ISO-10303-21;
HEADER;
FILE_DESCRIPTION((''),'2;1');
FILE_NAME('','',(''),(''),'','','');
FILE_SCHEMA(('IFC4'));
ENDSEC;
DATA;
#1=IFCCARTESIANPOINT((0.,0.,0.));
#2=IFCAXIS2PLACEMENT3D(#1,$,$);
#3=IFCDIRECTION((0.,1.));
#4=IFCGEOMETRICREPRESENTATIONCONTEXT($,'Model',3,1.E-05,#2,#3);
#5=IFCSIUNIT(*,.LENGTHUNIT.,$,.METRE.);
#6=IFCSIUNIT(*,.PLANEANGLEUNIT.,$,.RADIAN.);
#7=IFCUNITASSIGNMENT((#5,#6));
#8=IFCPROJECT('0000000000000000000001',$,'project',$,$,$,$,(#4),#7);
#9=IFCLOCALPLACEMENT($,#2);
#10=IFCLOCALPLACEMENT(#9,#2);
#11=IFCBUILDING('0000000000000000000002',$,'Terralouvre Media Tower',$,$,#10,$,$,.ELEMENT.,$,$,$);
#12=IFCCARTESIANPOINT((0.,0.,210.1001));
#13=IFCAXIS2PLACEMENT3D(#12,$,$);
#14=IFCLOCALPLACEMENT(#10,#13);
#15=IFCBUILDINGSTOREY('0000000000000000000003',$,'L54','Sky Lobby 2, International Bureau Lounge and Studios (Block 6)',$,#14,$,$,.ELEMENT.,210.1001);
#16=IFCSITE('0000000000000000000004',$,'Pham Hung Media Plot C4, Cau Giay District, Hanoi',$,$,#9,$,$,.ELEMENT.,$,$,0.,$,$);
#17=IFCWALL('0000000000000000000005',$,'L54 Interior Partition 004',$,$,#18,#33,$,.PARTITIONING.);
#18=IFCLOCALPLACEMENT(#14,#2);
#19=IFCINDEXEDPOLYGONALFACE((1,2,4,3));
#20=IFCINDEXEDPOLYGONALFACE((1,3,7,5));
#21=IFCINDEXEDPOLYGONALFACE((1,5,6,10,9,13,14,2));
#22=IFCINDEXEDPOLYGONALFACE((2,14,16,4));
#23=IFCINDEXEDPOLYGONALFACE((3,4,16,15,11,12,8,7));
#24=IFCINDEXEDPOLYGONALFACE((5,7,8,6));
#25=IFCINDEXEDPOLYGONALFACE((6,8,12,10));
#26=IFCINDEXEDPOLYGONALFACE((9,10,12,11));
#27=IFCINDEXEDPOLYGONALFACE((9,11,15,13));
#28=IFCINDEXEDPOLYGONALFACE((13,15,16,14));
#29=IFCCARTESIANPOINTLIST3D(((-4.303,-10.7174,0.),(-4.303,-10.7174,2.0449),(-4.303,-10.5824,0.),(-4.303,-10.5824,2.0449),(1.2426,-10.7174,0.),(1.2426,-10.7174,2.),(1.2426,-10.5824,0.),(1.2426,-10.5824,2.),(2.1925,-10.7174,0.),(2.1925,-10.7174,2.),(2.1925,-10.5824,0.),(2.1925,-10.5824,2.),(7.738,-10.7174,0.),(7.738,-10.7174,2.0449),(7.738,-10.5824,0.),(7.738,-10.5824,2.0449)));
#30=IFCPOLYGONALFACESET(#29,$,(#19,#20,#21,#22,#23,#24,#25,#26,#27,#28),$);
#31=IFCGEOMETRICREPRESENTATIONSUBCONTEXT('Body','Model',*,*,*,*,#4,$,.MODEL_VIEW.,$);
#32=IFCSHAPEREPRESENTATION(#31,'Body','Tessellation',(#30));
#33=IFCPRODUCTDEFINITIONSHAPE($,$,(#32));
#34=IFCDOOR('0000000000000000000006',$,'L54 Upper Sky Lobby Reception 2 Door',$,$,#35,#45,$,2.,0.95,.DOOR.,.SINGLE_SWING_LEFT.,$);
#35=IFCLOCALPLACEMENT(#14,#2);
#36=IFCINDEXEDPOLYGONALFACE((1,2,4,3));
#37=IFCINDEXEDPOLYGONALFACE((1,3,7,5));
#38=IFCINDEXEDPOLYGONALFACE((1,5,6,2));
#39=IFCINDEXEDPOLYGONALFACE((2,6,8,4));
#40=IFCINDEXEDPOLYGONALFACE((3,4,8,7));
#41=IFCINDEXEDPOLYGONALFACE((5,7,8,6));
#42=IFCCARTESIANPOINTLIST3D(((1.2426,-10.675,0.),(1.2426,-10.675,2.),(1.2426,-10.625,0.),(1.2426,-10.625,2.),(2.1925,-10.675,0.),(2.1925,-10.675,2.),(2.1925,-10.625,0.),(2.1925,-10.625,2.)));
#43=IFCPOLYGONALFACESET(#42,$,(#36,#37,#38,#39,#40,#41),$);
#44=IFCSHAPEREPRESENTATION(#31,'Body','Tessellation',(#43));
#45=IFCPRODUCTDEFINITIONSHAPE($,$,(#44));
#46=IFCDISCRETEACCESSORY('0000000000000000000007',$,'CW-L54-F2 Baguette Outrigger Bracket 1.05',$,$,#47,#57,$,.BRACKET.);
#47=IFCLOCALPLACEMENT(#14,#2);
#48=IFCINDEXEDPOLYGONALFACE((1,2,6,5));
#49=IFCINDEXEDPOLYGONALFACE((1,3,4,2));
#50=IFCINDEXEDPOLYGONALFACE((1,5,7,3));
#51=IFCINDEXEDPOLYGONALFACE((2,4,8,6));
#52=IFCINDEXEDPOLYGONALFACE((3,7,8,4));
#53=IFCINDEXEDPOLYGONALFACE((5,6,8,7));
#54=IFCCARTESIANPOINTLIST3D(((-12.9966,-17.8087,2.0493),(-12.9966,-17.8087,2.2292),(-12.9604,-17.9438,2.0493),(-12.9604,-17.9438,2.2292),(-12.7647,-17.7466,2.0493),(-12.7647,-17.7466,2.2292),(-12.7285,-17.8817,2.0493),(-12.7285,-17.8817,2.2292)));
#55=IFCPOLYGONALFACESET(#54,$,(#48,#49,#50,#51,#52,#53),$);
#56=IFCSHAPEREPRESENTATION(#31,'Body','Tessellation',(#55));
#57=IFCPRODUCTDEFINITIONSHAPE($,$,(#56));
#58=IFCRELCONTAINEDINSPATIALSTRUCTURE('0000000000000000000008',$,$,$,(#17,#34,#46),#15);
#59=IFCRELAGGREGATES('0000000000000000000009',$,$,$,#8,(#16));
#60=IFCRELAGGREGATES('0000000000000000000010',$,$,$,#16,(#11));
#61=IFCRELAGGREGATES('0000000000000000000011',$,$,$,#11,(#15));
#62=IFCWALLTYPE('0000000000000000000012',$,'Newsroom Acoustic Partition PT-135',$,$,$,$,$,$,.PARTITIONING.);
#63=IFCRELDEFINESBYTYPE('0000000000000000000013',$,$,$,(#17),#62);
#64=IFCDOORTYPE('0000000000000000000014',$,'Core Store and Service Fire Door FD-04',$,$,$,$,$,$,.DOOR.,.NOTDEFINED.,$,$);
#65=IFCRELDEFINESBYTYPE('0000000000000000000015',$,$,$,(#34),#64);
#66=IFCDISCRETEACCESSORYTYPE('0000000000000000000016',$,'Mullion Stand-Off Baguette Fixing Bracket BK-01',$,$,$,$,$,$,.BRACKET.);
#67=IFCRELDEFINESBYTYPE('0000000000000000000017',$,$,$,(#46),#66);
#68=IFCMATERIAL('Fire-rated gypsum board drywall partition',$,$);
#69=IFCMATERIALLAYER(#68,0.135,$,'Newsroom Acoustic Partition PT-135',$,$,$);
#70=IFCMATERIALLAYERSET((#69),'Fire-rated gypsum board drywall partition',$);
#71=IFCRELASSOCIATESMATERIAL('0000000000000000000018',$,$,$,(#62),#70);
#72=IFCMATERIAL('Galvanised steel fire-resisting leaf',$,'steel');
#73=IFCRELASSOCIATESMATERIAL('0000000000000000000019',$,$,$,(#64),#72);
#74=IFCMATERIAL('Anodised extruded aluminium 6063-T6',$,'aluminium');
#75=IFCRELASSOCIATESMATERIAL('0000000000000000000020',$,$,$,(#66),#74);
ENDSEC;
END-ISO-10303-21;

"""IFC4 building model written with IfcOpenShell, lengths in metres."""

from ifc_helpers import new_model, si_unit, direction, frame, frame_2d, origin, origin_2d, place, context, subcontext, project, spatial, rectangle, extrude, material, layer, layer_set, type_object, element, fill, save


model = new_model("IFC4")

# Units and contexts
model_context = context("Model", 3, precision=1e-05, world=origin(), true_north=direction((0.0, 1.0)))
body_context = subcontext(model_context, "Body", "Model", "MODEL_VIEW")
ifc_project = project(units=[si_unit("LENGTHUNIT", "METRE"), si_unit("PLANEANGLEUNIT", "RADIAN")], contexts=[model_context])

# Site, building, storey
site_placement = place(None, origin())
site = spatial("IfcSite", under=ifc_project, at=site_placement, Name="Pham Hung Media Plot C4, Cau Giay District, Hanoi", CompositionType="ELEMENT", RefElevation=0.0)
building_placement = place(site_placement, origin())
building = spatial("IfcBuilding", under=site, at=building_placement, Name="Terralouvre Media Tower", CompositionType="ELEMENT")
storey_placement = place(building_placement, frame((0.0, 0.0, 210.1001)))
storey = spatial("IfcBuildingStorey", under=building, at=storey_placement, Name="L54", Description="Sky Lobby 2, International Bureau Lounge and Studios (Block 6)", CompositionType="ELEMENT", Elevation=210.1001)

# Wall, opening, door
ifc_material_1 = material(Name="Fire-rated gypsum board drywall partition")
ifc_layer_1 = layer(ifc_material_1, 0.135, Name="Newsroom Acoustic Partition PT-135")
ifc_layer_set_1 = layer_set([ifc_layer_1], Name="Fire-rated gypsum board drywall partition")
wall_type_1 = type_object("IfcWallType", Name="Newsroom Acoustic Partition PT-135", PredefinedType="PARTITIONING", material=ifc_layer_set_1)
wall_1_placement = place(storey_placement, frame((-4.303, -10.6499, 0.0), z_axis=(0.0, 0.0, 1.0), x_axis=(1.0, 0.0, 0.0)))
wall_1 = element("IfcWall", 1, at=wall_1_placement, inside=storey, type_object=wall_type_1, Name="L54 Interior Partition 004", PredefinedType="PARTITIONING", context=body_context, shape_type="SweptSolid", body=[
    extrude(rectangle(XDim=12.041, YDim=0.135, at=frame_2d((6.0205, 0.0))), origin(), (0.0, 0.0, 1.0), 2.0449),
])
opening_1_placement = place(wall_1_placement, frame((5.5454, 0.0, 0.0)))
opening_1 = element("IfcOpeningElement", 2, at=opening_1_placement, cuts=wall_1, PredefinedType="OPENING", context=body_context, shape_type="SweptSolid", body=[
    extrude(rectangle(XDim=0.95, YDim=2.0, at=frame_2d((0.4751, 1.0))), frame((0.0, 0.0774, 0.0), z_axis=(0.0, -1.0, 0.0), x_axis=(1.0, 0.0, 0.0)), (0.0, 0.0, 1.0), 0.155),
])
ifc_material_2 = material(Name="Galvanised steel fire-resisting leaf", Category="steel")
door_type_1 = type_object("IfcDoorType", Name="Core Store and Service Fire Door FD-04", OperationType="NOTDEFINED", PredefinedType="DOOR", material=ifc_material_2)
door_1_placement = place(opening_1_placement, origin())
door_1 = element("IfcDoor", 3, at=door_1_placement, inside=storey, type_object=door_type_1, Name="L54 Upper Sky Lobby Reception 2 Door", OperationType="SINGLE_SWING_LEFT", OverallHeight=2.0, OverallWidth=0.95, PredefinedType="DOOR", context=body_context, shape_type="SweptSolid", body=[
    extrude(rectangle(XDim=0.95, YDim=2.0, at=frame_2d((0.4751, 1.0))), frame((0.0, 0.0249, 0.0), z_axis=(0.0, -1.0, 0.0), x_axis=(1.0, 0.0, 0.0)), (0.0, 0.0, 1.0), 0.05),
])
fill(opening_1, door_1)

# Discrete accessory
ifc_material_3 = material(Name="Anodised extruded aluminium 6063-T6", Category="aluminium")
discrete_accessory_type = type_object("IfcDiscreteAccessoryType", Name="Mullion Stand-Off Baguette Fixing Bracket BK-01", PredefinedType="BRACKET", material=ifc_material_3)
discrete_accessory_placement = place(storey_placement, frame((-12.8625, -17.8452, 2.0493), z_axis=(0.0, 0.0, 1.0), x_axis=(0.258819, -0.965926, 0.0)))
element("IfcDiscreteAccessory", 4, at=discrete_accessory_placement, inside=storey, type_object=discrete_accessory_type, Name="CW-L54-F2 Baguette Outrigger Bracket 1.05", PredefinedType="BRACKET", context=body_context, shape_type="SweptSolid", body=[
    extrude(rectangle(XDim=0.1399, YDim=0.24, at=origin_2d()), origin(), (0.0, 0.0, 1.0), 0.1799),
])

save(model, "model.ifc")
